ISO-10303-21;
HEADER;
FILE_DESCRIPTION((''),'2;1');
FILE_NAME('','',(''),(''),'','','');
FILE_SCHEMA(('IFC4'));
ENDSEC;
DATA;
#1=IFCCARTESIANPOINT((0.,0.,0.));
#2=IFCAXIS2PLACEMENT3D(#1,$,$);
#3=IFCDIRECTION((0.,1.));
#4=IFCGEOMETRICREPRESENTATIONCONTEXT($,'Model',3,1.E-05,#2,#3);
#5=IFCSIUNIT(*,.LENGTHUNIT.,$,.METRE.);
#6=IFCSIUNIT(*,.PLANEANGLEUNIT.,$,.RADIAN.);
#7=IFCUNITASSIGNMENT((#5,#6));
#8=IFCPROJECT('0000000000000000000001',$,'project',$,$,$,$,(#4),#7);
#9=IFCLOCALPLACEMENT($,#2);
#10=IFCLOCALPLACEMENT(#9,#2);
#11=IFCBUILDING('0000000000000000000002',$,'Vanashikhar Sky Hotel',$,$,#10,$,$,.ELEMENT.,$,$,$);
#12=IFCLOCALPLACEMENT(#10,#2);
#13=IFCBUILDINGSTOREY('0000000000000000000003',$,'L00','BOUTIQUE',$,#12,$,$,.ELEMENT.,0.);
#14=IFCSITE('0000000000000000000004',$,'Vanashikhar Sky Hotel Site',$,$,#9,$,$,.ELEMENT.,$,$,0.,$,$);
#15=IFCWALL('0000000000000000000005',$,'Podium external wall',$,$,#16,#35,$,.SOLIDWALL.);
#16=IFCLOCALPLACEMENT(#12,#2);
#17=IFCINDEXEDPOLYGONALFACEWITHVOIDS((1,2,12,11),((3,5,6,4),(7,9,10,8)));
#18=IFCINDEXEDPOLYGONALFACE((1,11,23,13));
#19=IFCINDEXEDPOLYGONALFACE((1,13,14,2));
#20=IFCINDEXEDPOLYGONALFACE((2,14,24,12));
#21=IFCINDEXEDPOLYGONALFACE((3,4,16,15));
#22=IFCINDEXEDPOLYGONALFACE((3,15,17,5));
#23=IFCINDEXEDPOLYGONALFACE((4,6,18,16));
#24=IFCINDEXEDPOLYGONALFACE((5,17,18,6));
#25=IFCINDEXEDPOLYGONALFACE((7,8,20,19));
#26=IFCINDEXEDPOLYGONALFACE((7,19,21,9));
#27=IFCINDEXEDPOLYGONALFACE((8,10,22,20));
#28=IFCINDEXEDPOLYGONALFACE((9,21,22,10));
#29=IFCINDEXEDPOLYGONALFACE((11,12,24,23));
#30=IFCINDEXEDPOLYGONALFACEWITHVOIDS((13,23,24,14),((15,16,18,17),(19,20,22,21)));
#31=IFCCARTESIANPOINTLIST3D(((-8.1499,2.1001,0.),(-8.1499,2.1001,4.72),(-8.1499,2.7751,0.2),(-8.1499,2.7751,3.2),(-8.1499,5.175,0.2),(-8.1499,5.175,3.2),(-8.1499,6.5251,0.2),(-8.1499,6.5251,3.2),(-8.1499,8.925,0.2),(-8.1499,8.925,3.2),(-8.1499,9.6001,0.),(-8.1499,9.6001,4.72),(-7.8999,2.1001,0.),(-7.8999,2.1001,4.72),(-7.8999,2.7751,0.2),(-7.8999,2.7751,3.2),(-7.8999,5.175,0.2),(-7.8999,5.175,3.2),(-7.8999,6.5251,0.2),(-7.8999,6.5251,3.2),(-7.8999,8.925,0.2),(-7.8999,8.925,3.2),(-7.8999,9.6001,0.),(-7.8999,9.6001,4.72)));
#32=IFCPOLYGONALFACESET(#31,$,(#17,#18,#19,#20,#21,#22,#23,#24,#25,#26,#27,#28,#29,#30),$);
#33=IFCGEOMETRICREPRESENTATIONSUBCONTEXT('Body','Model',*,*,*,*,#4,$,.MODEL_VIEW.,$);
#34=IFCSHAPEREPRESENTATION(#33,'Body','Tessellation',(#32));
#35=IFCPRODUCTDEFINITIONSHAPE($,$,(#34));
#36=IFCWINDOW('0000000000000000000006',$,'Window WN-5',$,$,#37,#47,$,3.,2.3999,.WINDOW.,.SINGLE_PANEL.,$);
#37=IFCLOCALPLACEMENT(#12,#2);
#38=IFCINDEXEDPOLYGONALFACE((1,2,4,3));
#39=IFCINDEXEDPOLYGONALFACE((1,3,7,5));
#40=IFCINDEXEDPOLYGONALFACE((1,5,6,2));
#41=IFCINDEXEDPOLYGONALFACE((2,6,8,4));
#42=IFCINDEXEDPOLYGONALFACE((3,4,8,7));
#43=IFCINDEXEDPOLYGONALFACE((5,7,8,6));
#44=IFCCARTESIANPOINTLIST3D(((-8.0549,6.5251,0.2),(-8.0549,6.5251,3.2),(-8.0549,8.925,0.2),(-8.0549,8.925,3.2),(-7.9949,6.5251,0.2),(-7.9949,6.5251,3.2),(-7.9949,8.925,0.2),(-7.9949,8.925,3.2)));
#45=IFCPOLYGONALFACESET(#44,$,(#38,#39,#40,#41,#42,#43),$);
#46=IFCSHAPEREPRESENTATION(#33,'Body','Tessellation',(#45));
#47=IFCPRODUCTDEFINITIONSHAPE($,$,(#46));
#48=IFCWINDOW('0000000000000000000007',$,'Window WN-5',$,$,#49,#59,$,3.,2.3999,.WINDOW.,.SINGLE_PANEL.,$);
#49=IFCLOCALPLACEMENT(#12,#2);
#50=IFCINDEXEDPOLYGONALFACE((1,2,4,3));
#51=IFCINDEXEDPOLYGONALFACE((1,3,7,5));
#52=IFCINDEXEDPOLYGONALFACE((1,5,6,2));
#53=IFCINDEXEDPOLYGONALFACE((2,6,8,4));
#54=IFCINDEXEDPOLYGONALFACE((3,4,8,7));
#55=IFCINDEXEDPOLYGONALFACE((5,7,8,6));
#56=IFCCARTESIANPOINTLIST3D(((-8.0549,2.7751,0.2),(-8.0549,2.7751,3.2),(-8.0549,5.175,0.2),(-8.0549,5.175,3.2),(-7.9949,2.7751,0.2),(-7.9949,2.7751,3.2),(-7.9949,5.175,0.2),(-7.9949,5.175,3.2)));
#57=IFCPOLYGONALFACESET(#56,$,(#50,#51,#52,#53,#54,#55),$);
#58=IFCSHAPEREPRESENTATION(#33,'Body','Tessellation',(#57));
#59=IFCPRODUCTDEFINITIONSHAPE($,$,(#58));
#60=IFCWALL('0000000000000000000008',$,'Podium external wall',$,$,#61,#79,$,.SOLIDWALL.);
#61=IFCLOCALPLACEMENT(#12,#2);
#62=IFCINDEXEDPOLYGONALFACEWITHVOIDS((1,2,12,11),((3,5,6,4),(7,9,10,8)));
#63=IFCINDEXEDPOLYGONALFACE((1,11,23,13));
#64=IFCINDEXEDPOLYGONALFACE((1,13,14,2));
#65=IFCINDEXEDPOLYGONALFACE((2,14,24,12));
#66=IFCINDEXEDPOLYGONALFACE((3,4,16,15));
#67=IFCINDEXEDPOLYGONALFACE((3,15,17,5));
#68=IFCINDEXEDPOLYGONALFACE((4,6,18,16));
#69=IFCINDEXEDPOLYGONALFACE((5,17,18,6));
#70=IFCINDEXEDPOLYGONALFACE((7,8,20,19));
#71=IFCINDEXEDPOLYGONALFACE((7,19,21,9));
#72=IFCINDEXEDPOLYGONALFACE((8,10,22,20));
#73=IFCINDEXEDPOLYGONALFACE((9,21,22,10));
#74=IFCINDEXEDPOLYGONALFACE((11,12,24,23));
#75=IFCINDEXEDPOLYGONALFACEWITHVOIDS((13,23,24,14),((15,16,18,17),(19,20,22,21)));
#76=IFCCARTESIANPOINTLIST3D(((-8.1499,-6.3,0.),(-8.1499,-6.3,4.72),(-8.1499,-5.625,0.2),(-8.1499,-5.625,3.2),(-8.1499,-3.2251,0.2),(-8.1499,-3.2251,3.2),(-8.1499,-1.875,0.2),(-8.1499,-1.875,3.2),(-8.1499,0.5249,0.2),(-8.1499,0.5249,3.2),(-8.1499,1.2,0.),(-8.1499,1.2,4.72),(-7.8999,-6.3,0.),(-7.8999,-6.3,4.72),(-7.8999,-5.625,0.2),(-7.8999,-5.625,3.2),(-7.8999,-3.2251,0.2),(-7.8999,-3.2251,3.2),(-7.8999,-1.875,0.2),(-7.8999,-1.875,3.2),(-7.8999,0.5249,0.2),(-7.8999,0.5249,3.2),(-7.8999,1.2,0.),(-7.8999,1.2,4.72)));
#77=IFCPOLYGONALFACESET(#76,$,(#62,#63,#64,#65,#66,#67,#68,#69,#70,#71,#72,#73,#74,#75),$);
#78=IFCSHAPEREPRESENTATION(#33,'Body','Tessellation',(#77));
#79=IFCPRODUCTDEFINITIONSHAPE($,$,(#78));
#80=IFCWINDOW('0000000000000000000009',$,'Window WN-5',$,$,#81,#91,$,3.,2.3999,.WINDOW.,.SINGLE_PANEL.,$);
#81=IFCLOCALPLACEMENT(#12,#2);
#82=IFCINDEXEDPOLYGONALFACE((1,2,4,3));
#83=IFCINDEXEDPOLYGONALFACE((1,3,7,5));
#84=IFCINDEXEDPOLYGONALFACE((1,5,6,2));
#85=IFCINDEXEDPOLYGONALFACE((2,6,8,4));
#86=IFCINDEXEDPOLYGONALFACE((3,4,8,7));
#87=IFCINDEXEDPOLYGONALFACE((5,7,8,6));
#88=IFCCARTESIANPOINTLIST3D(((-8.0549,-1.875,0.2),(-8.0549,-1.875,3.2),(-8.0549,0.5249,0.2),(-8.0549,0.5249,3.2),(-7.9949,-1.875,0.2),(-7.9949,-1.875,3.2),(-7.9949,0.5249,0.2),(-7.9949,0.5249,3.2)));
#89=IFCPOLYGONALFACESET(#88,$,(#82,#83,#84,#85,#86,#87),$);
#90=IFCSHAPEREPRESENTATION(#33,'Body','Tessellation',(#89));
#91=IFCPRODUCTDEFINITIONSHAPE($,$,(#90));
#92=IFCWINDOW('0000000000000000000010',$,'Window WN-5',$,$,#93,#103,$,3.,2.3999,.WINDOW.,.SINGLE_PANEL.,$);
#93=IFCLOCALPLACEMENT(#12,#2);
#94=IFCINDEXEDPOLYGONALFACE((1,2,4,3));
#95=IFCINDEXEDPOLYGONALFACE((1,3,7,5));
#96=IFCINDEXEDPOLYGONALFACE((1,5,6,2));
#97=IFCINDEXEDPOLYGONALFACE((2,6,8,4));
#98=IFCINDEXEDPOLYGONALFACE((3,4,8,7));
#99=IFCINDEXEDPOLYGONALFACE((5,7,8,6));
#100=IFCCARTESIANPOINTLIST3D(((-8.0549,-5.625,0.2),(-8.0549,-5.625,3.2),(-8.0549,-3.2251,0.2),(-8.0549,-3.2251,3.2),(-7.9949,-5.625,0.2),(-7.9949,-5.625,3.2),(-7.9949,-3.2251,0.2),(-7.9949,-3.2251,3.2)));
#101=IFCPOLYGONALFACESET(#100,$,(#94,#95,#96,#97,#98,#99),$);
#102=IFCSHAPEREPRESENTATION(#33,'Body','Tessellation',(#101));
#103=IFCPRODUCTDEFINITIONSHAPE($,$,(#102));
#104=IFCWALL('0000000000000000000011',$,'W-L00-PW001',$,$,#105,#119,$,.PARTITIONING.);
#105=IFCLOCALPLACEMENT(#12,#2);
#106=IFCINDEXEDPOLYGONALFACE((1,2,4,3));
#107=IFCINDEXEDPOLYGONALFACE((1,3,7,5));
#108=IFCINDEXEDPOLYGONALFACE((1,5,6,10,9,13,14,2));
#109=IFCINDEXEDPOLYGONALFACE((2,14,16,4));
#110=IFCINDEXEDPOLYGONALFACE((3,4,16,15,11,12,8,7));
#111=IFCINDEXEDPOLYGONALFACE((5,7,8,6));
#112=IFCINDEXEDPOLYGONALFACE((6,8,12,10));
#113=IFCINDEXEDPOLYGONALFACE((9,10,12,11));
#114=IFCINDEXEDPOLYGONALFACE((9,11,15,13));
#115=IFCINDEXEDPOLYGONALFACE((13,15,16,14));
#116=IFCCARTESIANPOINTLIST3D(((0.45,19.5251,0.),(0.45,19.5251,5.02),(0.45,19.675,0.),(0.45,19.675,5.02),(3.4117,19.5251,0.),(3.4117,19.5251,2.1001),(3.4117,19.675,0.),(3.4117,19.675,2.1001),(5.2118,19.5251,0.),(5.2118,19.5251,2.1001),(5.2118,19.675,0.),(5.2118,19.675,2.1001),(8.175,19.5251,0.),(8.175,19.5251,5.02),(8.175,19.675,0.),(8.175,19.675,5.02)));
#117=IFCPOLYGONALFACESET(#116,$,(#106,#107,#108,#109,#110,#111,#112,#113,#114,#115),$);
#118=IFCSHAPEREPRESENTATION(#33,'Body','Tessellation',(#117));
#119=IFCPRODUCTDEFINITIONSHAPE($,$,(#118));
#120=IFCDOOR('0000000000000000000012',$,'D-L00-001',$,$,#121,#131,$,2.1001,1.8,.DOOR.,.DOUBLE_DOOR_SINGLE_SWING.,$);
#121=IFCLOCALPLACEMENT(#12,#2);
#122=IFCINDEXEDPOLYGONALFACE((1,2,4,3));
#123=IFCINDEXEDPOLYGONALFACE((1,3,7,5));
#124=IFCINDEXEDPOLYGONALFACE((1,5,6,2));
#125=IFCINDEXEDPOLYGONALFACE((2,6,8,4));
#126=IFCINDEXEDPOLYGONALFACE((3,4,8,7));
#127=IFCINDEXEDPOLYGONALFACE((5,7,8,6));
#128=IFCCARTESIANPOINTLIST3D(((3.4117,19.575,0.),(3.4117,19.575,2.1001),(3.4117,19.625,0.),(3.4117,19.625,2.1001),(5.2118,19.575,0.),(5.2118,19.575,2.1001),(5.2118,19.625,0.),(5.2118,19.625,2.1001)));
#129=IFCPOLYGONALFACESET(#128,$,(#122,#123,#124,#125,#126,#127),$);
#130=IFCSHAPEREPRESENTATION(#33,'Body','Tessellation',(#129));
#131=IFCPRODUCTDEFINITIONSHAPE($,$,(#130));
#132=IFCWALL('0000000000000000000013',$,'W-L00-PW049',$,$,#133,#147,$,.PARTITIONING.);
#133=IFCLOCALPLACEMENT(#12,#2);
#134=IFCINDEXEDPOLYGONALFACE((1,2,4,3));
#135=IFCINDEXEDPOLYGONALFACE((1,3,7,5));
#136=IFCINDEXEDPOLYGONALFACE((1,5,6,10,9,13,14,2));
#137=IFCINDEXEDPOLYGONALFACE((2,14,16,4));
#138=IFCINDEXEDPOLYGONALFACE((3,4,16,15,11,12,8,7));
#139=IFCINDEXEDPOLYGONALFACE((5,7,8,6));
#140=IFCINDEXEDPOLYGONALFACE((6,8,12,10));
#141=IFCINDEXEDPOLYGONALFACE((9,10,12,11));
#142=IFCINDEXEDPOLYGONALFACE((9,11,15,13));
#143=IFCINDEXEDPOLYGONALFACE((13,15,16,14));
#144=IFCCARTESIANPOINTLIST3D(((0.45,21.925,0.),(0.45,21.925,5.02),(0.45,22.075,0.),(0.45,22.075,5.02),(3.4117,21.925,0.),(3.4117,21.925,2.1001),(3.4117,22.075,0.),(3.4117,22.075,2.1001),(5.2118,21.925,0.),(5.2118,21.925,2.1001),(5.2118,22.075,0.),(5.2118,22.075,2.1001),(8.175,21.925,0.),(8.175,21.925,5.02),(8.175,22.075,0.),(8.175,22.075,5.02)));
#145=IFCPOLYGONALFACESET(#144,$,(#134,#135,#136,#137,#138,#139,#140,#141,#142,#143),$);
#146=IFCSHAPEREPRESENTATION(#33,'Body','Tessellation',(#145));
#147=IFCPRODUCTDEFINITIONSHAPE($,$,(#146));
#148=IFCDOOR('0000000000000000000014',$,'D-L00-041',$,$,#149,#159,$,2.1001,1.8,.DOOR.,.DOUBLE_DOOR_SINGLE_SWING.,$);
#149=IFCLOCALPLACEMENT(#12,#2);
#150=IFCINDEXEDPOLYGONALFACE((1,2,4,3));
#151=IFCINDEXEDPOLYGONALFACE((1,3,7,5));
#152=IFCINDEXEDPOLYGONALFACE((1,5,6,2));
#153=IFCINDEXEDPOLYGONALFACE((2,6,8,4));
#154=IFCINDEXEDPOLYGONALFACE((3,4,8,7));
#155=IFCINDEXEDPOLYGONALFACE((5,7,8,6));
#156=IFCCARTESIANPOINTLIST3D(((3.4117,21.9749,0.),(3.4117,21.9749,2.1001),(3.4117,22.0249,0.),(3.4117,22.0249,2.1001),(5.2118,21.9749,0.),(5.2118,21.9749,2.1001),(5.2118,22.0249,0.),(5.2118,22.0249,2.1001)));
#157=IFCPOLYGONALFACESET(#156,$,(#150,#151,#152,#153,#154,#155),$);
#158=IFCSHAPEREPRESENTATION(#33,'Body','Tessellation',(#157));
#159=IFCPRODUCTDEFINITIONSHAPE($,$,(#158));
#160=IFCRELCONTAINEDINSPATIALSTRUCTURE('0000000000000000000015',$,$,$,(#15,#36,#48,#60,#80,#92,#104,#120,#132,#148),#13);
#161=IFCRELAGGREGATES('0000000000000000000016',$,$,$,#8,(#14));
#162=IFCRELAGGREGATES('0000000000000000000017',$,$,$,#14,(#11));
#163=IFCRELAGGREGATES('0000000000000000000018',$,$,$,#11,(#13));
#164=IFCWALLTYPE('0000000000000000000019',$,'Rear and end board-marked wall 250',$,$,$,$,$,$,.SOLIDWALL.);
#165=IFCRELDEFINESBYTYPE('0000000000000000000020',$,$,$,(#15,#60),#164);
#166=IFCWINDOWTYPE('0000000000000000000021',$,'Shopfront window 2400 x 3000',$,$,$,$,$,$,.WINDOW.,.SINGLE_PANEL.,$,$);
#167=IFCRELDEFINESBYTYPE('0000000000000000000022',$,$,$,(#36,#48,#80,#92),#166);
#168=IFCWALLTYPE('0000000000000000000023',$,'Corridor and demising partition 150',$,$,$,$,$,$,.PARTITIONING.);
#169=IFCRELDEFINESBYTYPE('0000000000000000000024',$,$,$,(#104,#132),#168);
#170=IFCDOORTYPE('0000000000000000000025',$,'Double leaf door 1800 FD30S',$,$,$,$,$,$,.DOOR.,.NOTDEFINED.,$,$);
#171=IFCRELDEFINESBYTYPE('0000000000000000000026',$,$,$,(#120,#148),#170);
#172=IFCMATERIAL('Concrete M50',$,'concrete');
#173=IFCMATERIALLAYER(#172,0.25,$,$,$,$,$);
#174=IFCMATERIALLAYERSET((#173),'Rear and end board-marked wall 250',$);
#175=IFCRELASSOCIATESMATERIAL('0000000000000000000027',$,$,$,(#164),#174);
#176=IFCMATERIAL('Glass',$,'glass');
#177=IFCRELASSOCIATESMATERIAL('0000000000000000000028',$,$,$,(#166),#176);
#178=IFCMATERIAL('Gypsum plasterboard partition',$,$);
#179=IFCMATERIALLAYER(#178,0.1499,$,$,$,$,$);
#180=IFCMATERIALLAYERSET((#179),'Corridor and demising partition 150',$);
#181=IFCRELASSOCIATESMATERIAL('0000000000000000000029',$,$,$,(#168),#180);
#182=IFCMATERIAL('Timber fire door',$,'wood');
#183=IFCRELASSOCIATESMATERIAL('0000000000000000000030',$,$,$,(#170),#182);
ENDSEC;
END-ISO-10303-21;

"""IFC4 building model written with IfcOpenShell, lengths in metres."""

from ifc_helpers import new_model, si_unit, direction, frame, frame_2d, origin, place, context, subcontext, project, spatial, rectangle, extrude, source, transform, mapped, material, layer, layer_set, type_object, element, fill, save


model = new_model("IFC4")

# Units and contexts
model_context = context("Model", 3, precision=1e-05, world=origin(), true_north=direction((0.0, 1.0)))
body_context = subcontext(model_context, "Body", "Model", "MODEL_VIEW")
ifc_project = project(units=[si_unit("LENGTHUNIT", "METRE"), si_unit("PLANEANGLEUNIT", "RADIAN")], contexts=[model_context])

# Site, building, storey
site_placement = place(None, origin())
site = spatial("IfcSite", under=ifc_project, at=site_placement, Name="Vanashikhar Sky Hotel Site", CompositionType="ELEMENT", RefElevation=0.0)
building_placement = place(site_placement, origin())
building = spatial("IfcBuilding", under=site, at=building_placement, Name="Vanashikhar Sky Hotel", CompositionType="ELEMENT")
storey_placement = place(building_placement, origin())
storey = spatial("IfcBuildingStorey", under=building, at=storey_placement, Name="L00", Description="BOUTIQUE", CompositionType="ELEMENT", Elevation=0.0)

# Shared definitions
ifc_material_1 = material(Name="Concrete M50", Category="concrete")

# Walls, openings, windows
ifc_layer_1 = layer(ifc_material_1, 0.25)
ifc_layer_set_1 = layer_set([ifc_layer_1], Name="Rear and end board-marked wall 250")
wall_type_1 = type_object("IfcWallType", Name="Rear and end board-marked wall 250", PredefinedType="SOLIDWALL", material=ifc_layer_set_1)
shared_shape_1 = source(origin(), body_context, "Body", "SweptSolid", [
    extrude(rectangle(XDim=7.5, YDim=0.25, at=frame_2d((3.75, 0.0))), origin(), (0.0, 0.0, 1.0), 4.72),
])
shared_shape_2 = source(origin(), body_context, "Body", "SweptSolid", [
    extrude(rectangle(XDim=2.3999, YDim=3.0, at=frame_2d((1.2, 1.5))), frame((0.0, 0.135, 0.0), z_axis=(0.0, -1.0, 0.0), x_axis=(1.0, 0.0, 0.0)), (0.0, 0.0, 1.0), 0.27),
])
ifc_material_2 = material(Name="Glass", Category="glass")
window_type = type_object("IfcWindowType", Name="Shopfront window 2400 x 3000", PartitioningType="SINGLE_PANEL", PredefinedType="WINDOW", material=ifc_material_2)
shared_shape_3 = source(origin(), body_context, "Body", "SweptSolid", [
    extrude(rectangle(XDim=2.3999, YDim=3.0, at=frame_2d((1.2, 1.5))), frame((0.0, 0.03, 0.0), z_axis=(0.0, -1.0, 0.0), x_axis=(1.0, 0.0, 0.0)), (0.0, 0.0, 1.0), 0.0601),
])
wall_1_placement = place(storey_placement, frame((-8.0249, 9.6001, 0.0), z_axis=(0.0, 0.0, 1.0), x_axis=(0.0, -1.0, 0.0)))
wall_1 = element("IfcWall", 1, at=wall_1_placement, inside=storey, type_object=wall_type_1, Name="Podium external wall", PredefinedType="SOLIDWALL", context=body_context, shape_type="MappedRepresentation", body=[
    mapped(shared_shape_1, transform((0.0, 0.0, 0.0), scale=1.0)),
])
opening_1_placement = place(wall_1_placement, frame((0.675, 0.0, 0.2)))
opening_1 = element("IfcOpeningElement", 2, at=opening_1_placement, cuts=wall_1, PredefinedType="OPENING", context=body_context, shape_type="MappedRepresentation", body=[
    mapped(shared_shape_2, transform((0.0, 0.0, 0.0), scale=1.0)),
])
opening_2_placement = place(wall_1_placement, frame((4.425, 0.0, 0.2)))
opening_2 = element("IfcOpeningElement", 3, at=opening_2_placement, cuts=wall_1, PredefinedType="OPENING", context=body_context, shape_type="MappedRepresentation", body=[
    mapped(shared_shape_2, transform((0.0, 0.0, 0.0), scale=1.0)),
])
window_1_placement = place(opening_1_placement, origin())
window_1 = element("IfcWindow", 4, at=window_1_placement, inside=storey, type_object=window_type, Name="Window WN-5", OverallHeight=3.0, OverallWidth=2.3999, PartitioningType="SINGLE_PANEL", PredefinedType="WINDOW", context=body_context, shape_type="MappedRepresentation", body=[
    mapped(shared_shape_3, transform((0.0, 0.0, 0.0), scale=1.0)),
])
fill(opening_1, window_1)
window_2_placement = place(opening_2_placement, origin())
window_2 = element("IfcWindow", 5, at=window_2_placement, inside=storey, type_object=window_type, Name="Window WN-5", OverallHeight=3.0, OverallWidth=2.3999, PartitioningType="SINGLE_PANEL", PredefinedType="WINDOW", context=body_context, shape_type="MappedRepresentation", body=[
    mapped(shared_shape_3, transform((0.0, 0.0, 0.0), scale=1.0)),
])
fill(opening_2, window_2)
wall_2_placement = place(storey_placement, frame((-8.0249, 1.2, 0.0), z_axis=(0.0, 0.0, 1.0), x_axis=(0.0, -1.0, 0.0)))
wall_2 = element("IfcWall", 6, at=wall_2_placement, inside=storey, type_object=wall_type_1, Name="Podium external wall", PredefinedType="SOLIDWALL", context=body_context, shape_type="MappedRepresentation", body=[
    mapped(shared_shape_1, transform((0.0, 0.0, 0.0), scale=1.0)),
])
opening_3_placement = place(wall_2_placement, frame((0.675, 0.0, 0.2)))
opening_3 = element("IfcOpeningElement", 7, at=opening_3_placement, cuts=wall_2, PredefinedType="OPENING", context=body_context, shape_type="MappedRepresentation", body=[
    mapped(shared_shape_2, transform((0.0, 0.0, 0.0), scale=1.0)),
])
opening_4_placement = place(wall_2_placement, frame((4.425, 0.0, 0.2)))
opening_4 = element("IfcOpeningElement", 8, at=opening_4_placement, cuts=wall_2, PredefinedType="OPENING", context=body_context, shape_type="MappedRepresentation", body=[
    mapped(shared_shape_2, transform((0.0, 0.0, 0.0), scale=1.0)),
])
window_3_placement = place(opening_3_placement, origin())
window_3 = element("IfcWindow", 9, at=window_3_placement, inside=storey, type_object=window_type, Name="Window WN-5", OverallHeight=3.0, OverallWidth=2.3999, PartitioningType="SINGLE_PANEL", PredefinedType="WINDOW", context=body_context, shape_type="MappedRepresentation", body=[
    mapped(shared_shape_3, transform((0.0, 0.0, 0.0), scale=1.0)),
])
fill(opening_3, window_3)
window_4_placement = place(opening_4_placement, origin())
window_4 = element("IfcWindow", 10, at=window_4_placement, inside=storey, type_object=window_type, Name="Window WN-5", OverallHeight=3.0, OverallWidth=2.3999, PartitioningType="SINGLE_PANEL", PredefinedType="WINDOW", context=body_context, shape_type="MappedRepresentation", body=[
    mapped(shared_shape_3, transform((0.0, 0.0, 0.0), scale=1.0)),
])
fill(opening_4, window_4)

# Walls, openings, doors
ifc_material_3 = material(Name="Gypsum plasterboard partition")
ifc_layer_2 = layer(ifc_material_3, 0.1499)
ifc_layer_set_2 = layer_set([ifc_layer_2], Name="Corridor and demising partition 150")
wall_type_2 = type_object("IfcWallType", Name="Corridor and demising partition 150", PredefinedType="PARTITIONING", material=ifc_layer_set_2)
shared_shape_4 = source(origin(), body_context, "Body", "SweptSolid", [
    extrude(rectangle(XDim=7.7251, YDim=0.1499, at=frame_2d((3.8625, 0.0))), origin(), (0.0, 0.0, 1.0), 5.02),
])
wall_3_placement = place(storey_placement, frame((0.45, 19.6001, 0.0), z_axis=(0.0, 0.0, 1.0), x_axis=(1.0, 0.0, 0.0)))
wall_3 = element("IfcWall", 11, at=wall_3_placement, inside=storey, type_object=wall_type_2, Name="W-L00-PW001", PredefinedType="PARTITIONING", context=body_context, shape_type="MappedRepresentation", body=[
    mapped(shared_shape_4, transform((0.0, 0.0, 0.0), scale=1.0)),
])
shared_shape_5 = source(origin(), body_context, "Body", "SweptSolid", [
    extrude(rectangle(XDim=1.8, YDim=2.1001, at=frame_2d((0.8999, 1.05))), frame((0.0, 0.085, 0.0), z_axis=(0.0, -1.0, 0.0), x_axis=(1.0, 0.0, 0.0)), (0.0, 0.0, 1.0), 0.1699),
])
opening_5_placement = place(wall_3_placement, frame((2.9619, 0.0, 0.0)))
opening_5 = element("IfcOpeningElement", 12, at=opening_5_placement, cuts=wall_3, PredefinedType="OPENING", context=body_context, shape_type="MappedRepresentation", body=[
    mapped(shared_shape_5, transform((0.0, 0.0, 0.0), scale=1.0)),
])
ifc_material_4 = material(Name="Timber fire door", Category="wood")
door_type = type_object("IfcDoorType", Name="Double leaf door 1800 FD30S", OperationType="NOTDEFINED", PredefinedType="DOOR", material=ifc_material_4)
shared_shape_6 = source(origin(), body_context, "Body", "SweptSolid", [
    extrude(rectangle(XDim=1.8, YDim=2.1001, at=frame_2d((0.8999, 1.05))), frame((0.0, 0.0249, 0.0), z_axis=(0.0, -1.0, 0.0), x_axis=(1.0, 0.0, 0.0)), (0.0, 0.0, 1.0), 0.05),
])
door_1_placement = place(opening_5_placement, origin())
door_1 = element("IfcDoor", 13, at=door_1_placement, inside=storey, type_object=door_type, Name="D-L00-001", OperationType="DOUBLE_DOOR_SINGLE_SWING", OverallHeight=2.1001, OverallWidth=1.8, PredefinedType="DOOR", context=body_context, shape_type="MappedRepresentation", body=[
    mapped(shared_shape_6, transform((0.0, 0.0, 0.0), scale=1.0)),
])
fill(opening_5, door_1)
wall_4_placement = place(storey_placement, frame((0.45, 22.0, 0.0), z_axis=(0.0, 0.0, 1.0), x_axis=(1.0, 0.0, 0.0)))
wall_4 = element("IfcWall", 14, at=wall_4_placement, inside=storey, type_object=wall_type_2, Name="W-L00-PW049", PredefinedType="PARTITIONING", context=body_context, shape_type="MappedRepresentation", body=[
    mapped(shared_shape_4, transform((0.0, 0.0, 0.0), scale=1.0)),
])
opening_6_placement = place(wall_4_placement, frame((2.9619, 0.0, 0.0)))
opening_6 = element("IfcOpeningElement", 15, at=opening_6_placement, cuts=wall_4, PredefinedType="OPENING", context=body_context, shape_type="MappedRepresentation", body=[
    mapped(shared_shape_5, transform((0.0, 0.0, 0.0), scale=1.0)),
])
door_2_placement = place(opening_6_placement, origin())
door_2 = element("IfcDoor", 16, at=door_2_placement, inside=storey, type_object=door_type, Name="D-L00-041", OperationType="DOUBLE_DOOR_SINGLE_SWING", OverallHeight=2.1001, OverallWidth=1.8, PredefinedType="DOOR", context=body_context, shape_type="MappedRepresentation", body=[
    mapped(shared_shape_6, transform((0.0, 0.0, 0.0), scale=1.0)),
])
fill(opening_6, door_2)

save(model, "model.ifc")
